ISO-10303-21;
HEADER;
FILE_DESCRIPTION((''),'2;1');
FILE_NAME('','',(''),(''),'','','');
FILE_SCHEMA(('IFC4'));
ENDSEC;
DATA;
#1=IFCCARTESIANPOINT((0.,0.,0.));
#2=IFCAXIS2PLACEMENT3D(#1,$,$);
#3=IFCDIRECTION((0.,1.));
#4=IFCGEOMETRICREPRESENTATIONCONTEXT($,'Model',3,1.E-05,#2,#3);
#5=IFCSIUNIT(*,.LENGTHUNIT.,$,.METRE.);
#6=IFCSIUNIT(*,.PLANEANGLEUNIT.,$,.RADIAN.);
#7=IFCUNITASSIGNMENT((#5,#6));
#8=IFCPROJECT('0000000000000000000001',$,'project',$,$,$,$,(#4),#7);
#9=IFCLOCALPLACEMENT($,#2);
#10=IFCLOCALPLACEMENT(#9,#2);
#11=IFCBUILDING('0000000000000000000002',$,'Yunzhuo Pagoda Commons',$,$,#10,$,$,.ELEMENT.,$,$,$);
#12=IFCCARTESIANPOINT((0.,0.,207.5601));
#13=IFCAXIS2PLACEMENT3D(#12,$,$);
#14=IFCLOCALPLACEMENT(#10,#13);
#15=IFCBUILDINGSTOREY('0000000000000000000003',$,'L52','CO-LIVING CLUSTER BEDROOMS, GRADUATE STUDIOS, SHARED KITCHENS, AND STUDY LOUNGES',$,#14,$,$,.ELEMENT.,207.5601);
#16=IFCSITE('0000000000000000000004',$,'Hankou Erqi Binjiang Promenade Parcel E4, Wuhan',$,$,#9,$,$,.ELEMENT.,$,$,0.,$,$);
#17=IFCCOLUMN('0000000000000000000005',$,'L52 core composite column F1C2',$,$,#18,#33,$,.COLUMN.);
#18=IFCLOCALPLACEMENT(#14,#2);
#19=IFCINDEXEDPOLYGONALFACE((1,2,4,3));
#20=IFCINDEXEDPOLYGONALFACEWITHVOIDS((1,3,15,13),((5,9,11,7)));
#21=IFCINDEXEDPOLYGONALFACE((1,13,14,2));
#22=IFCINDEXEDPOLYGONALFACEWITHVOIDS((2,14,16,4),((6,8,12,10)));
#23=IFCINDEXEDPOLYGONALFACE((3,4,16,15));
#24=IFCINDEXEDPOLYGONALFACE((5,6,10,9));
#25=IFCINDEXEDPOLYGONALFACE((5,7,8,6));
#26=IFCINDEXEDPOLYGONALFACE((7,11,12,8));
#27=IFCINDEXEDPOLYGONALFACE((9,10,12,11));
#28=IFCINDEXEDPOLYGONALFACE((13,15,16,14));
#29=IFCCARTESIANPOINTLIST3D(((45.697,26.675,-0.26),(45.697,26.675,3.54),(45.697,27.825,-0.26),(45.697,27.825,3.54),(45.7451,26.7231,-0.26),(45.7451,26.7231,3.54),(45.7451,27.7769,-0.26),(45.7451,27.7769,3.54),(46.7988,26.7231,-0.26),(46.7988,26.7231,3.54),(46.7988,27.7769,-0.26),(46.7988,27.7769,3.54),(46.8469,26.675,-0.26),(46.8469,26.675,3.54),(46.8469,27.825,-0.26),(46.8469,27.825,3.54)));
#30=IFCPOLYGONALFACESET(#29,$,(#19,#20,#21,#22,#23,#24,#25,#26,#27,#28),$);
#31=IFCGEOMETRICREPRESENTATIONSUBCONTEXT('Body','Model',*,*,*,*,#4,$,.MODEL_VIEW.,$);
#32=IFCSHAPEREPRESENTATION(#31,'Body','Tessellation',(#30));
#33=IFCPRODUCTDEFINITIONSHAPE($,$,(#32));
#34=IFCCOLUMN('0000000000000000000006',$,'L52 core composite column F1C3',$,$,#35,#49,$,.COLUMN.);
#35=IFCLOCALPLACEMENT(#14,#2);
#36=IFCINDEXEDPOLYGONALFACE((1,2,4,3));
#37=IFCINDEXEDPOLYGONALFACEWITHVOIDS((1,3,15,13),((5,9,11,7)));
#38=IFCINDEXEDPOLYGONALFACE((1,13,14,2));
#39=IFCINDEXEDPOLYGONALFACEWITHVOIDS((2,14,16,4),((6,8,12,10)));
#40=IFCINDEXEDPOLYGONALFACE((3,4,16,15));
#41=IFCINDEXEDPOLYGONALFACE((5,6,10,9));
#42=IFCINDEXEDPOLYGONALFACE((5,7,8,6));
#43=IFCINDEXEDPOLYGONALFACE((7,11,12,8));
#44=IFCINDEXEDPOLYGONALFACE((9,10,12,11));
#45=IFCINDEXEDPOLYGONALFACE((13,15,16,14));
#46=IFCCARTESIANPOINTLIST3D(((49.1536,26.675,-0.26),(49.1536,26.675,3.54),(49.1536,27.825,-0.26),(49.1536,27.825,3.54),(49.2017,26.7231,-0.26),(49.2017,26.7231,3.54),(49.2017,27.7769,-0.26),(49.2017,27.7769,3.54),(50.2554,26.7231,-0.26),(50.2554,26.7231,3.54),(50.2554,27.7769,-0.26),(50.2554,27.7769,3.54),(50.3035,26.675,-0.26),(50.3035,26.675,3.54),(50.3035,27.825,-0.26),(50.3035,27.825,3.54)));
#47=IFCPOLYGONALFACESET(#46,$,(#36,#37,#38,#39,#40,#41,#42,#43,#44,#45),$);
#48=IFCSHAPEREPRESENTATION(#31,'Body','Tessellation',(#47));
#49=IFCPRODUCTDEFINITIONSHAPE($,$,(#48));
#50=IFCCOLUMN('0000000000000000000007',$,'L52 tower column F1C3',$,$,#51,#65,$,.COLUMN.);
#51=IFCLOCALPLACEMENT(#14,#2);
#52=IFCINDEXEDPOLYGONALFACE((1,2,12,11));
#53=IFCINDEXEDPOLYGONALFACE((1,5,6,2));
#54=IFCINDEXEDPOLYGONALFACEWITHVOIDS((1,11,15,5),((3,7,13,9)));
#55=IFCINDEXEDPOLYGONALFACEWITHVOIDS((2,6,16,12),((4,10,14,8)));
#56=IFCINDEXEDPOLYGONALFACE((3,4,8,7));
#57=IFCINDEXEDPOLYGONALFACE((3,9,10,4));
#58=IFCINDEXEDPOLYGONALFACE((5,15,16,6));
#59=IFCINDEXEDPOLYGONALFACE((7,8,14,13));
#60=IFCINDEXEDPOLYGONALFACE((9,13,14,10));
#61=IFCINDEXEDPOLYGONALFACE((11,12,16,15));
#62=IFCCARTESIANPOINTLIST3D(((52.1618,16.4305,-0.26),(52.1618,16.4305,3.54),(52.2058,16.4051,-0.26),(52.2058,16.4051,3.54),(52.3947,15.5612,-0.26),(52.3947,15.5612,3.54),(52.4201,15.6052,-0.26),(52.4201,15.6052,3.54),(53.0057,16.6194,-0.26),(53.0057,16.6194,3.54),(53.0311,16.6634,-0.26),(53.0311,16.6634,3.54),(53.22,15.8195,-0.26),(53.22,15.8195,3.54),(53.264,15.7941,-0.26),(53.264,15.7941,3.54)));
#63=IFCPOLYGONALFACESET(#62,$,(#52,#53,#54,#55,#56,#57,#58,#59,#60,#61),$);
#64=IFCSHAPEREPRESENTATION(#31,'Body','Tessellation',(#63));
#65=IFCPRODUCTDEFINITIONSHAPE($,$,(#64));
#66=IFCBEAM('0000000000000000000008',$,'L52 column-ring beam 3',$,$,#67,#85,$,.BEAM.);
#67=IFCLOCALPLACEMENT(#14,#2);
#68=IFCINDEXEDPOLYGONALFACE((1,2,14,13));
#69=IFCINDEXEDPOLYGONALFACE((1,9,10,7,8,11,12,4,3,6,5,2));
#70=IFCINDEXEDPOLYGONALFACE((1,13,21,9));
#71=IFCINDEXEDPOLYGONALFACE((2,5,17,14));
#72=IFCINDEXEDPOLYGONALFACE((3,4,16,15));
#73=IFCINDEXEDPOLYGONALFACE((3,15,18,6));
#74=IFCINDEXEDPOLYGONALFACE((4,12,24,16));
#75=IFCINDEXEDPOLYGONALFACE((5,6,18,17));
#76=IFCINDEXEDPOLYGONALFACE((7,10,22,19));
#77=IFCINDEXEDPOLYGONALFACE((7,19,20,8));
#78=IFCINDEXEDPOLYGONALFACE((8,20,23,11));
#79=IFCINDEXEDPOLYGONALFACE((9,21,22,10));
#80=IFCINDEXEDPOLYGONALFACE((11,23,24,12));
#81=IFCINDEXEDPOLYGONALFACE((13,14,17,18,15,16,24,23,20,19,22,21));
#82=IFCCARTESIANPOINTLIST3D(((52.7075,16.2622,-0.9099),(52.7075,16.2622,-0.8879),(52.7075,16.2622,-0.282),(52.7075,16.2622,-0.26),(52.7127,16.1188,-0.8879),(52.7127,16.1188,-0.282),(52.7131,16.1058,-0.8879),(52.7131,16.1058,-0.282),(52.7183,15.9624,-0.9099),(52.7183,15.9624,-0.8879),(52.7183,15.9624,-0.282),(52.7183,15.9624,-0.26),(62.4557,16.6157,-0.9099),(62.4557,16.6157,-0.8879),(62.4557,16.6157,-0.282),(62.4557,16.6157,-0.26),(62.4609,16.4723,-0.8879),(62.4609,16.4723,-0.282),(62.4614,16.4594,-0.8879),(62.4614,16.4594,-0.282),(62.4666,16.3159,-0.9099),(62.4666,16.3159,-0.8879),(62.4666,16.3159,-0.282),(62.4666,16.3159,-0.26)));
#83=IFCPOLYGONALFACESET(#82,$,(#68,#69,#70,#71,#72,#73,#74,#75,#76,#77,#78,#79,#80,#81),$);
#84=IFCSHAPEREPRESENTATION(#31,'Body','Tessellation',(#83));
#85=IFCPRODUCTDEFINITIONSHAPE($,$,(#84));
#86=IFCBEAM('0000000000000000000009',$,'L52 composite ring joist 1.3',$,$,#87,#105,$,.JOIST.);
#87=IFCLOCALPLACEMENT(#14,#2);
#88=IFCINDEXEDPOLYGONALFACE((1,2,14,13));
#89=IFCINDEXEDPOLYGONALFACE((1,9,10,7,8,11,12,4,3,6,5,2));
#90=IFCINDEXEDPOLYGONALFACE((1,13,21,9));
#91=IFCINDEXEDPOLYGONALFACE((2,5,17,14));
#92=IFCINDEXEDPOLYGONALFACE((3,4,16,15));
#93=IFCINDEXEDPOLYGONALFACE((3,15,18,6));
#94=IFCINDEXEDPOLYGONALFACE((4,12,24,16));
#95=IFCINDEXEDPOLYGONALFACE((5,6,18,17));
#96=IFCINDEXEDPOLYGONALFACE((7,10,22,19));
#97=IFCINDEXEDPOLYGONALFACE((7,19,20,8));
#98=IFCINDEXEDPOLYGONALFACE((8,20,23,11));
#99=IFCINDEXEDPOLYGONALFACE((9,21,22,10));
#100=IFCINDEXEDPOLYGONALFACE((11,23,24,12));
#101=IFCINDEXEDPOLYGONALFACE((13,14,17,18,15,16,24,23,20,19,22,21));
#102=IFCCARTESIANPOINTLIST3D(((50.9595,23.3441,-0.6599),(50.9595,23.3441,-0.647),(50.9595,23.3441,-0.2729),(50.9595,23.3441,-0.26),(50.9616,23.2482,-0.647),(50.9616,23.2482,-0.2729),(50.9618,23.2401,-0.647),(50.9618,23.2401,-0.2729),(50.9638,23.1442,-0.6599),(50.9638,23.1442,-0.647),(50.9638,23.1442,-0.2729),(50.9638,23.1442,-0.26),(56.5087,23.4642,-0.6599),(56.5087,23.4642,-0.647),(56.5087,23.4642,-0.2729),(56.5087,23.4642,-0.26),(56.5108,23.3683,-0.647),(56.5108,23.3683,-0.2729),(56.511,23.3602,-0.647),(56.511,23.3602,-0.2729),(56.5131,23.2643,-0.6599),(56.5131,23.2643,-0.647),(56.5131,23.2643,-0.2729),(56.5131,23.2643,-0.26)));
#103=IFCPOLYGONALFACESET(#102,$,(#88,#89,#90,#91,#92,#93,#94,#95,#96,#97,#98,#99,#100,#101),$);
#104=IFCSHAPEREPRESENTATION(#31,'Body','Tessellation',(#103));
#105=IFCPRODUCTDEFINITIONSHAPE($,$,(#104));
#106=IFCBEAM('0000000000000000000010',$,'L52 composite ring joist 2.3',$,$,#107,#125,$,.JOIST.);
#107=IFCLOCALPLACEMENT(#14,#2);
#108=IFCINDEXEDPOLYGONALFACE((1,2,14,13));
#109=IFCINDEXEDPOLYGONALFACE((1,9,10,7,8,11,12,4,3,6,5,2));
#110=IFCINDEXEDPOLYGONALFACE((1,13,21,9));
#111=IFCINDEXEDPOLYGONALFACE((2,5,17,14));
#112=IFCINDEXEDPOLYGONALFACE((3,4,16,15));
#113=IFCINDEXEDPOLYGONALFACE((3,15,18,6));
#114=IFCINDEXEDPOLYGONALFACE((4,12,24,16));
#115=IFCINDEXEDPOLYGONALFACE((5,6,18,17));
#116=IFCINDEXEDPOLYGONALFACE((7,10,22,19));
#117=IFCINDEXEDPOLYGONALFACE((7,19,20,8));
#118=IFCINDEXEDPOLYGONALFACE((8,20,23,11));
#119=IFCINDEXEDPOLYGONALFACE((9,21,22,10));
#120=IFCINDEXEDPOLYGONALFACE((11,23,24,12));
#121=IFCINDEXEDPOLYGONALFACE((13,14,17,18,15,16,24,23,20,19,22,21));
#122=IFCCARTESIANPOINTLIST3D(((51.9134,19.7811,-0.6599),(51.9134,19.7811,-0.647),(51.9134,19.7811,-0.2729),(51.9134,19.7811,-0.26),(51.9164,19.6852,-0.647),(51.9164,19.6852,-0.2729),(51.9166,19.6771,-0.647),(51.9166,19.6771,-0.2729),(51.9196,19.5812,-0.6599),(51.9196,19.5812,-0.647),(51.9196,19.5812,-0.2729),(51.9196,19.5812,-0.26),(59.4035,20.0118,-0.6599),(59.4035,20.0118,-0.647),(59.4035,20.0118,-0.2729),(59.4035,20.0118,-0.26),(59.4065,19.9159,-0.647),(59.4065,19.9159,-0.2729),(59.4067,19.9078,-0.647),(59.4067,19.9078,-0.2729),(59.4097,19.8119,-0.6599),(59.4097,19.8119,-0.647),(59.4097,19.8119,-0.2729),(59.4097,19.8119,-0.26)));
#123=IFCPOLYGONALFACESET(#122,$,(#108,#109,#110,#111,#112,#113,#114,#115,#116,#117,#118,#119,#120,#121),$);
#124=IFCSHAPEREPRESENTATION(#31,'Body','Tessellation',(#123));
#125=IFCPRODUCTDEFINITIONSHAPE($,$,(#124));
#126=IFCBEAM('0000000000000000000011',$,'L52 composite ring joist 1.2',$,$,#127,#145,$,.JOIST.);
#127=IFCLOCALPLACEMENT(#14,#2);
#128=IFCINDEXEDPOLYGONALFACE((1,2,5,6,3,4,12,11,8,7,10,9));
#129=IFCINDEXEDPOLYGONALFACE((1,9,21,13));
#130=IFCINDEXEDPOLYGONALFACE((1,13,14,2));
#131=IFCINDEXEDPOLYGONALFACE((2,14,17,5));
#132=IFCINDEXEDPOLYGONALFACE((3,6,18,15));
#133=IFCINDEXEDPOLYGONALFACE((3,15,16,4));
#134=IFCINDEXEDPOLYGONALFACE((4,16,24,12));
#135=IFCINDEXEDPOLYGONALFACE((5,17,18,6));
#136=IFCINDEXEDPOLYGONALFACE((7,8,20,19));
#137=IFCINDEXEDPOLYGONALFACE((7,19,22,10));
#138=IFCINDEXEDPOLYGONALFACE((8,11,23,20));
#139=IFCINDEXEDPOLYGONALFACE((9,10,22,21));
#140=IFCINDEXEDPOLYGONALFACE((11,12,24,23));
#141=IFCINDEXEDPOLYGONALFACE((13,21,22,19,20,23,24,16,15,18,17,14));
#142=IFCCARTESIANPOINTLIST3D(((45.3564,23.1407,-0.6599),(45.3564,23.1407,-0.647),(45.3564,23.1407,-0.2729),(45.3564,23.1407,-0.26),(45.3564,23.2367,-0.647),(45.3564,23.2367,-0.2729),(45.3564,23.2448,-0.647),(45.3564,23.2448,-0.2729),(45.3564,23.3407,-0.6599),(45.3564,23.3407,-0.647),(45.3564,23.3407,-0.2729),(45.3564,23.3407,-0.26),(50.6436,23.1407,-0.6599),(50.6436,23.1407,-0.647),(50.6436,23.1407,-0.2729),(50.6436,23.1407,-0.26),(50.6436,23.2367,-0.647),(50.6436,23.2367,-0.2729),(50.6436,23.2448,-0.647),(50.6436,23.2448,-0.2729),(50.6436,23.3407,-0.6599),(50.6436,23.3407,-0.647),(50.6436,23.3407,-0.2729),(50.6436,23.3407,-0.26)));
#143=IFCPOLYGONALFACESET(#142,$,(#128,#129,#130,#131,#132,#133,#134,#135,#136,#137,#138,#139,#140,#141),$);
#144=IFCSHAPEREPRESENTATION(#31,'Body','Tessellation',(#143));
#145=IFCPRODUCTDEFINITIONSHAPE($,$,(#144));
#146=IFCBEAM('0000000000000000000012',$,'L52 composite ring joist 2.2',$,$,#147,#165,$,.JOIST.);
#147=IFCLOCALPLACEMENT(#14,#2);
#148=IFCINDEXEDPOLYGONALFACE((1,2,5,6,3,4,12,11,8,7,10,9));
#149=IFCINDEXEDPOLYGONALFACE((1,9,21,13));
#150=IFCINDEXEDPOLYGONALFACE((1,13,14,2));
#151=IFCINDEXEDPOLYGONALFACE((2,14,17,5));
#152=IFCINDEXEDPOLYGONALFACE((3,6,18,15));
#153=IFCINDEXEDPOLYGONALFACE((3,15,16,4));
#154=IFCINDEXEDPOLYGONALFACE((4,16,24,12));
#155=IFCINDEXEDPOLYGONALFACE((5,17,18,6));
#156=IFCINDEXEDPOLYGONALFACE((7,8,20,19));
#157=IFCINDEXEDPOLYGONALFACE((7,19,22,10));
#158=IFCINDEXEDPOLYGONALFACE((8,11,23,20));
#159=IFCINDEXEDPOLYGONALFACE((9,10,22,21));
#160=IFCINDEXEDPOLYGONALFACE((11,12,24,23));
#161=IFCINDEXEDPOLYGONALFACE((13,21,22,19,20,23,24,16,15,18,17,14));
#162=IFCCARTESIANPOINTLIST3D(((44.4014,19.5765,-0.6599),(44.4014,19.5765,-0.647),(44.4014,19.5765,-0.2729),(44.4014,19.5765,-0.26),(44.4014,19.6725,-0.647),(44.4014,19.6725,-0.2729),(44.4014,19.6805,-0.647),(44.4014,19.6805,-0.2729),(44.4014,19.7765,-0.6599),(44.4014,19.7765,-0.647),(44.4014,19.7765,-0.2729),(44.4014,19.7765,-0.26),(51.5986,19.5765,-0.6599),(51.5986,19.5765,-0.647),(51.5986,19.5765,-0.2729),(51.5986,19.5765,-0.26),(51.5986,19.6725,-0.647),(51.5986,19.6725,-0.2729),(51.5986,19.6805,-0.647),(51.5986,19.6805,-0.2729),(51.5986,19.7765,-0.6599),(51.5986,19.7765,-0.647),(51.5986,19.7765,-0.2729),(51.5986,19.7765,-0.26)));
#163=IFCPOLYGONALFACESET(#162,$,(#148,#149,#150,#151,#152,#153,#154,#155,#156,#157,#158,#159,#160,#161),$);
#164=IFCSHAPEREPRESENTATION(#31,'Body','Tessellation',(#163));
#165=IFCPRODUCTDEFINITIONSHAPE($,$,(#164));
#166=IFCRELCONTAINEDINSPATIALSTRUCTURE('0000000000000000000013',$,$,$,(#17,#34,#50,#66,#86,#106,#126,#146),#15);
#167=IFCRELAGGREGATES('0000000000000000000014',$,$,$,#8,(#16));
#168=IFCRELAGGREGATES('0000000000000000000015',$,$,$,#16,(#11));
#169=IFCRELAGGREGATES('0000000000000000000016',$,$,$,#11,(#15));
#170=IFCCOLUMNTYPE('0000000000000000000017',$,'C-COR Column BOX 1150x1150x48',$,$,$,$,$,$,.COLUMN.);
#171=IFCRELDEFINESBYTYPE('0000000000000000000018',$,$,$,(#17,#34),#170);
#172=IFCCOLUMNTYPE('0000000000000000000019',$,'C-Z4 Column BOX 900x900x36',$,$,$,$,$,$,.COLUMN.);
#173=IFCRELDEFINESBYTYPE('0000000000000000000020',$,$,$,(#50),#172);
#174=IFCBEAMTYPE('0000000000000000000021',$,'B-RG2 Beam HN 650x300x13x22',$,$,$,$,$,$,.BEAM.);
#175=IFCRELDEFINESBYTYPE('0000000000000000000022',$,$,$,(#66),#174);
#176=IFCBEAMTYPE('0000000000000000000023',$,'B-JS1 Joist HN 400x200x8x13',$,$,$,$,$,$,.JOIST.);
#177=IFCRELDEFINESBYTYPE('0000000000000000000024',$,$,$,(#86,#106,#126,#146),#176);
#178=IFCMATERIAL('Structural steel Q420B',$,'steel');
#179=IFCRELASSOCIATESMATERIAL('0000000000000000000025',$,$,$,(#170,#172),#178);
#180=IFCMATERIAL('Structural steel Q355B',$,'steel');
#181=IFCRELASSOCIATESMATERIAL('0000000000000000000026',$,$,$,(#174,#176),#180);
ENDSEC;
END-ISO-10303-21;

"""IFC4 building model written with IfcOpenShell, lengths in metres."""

from ifc_helpers import new_model, si_unit, direction, frame, origin, origin_2d, place, context, subcontext, project, spatial, hollow_rectangle, i_section, extrude, source, transform, mapped, material, material_profile, profile_set, type_object, element, save


model = new_model("IFC4")

# Units and contexts
model_context = context("Model", 3, precision=1e-05, world=origin(), true_north=direction((0.0, 1.0)))
body_context = subcontext(model_context, "Body", "Model", "MODEL_VIEW")
ifc_project = project(units=[si_unit("LENGTHUNIT", "METRE"), si_unit("PLANEANGLEUNIT", "RADIAN")], contexts=[model_context])

# Site, building, storey
site_placement = place(None, origin())
site = spatial("IfcSite", under=ifc_project, at=site_placement, Name="Hankou Erqi Binjiang Promenade Parcel E4, Wuhan", CompositionType="ELEMENT", RefElevation=0.0)
building_placement = place(site_placement, origin())
building = spatial("IfcBuilding", under=site, at=building_placement, Name="Yunzhuo Pagoda Commons", CompositionType="ELEMENT")
storey_placement = place(building_placement, frame((0.0, 0.0, 207.5601)))
storey = spatial("IfcBuildingStorey", under=building, at=storey_placement, Name="L52", Description="CO-LIVING CLUSTER BEDROOMS, GRADUATE STUDIOS, SHARED KITCHENS, AND STUDY LOUNGES", CompositionType="ELEMENT", Elevation=207.5601)

# Columns
ifc_material_1 = material(Name="Structural steel Q420B", Category="steel")
ifc_material_profile_1 = material_profile(ifc_material_1, hollow_rectangle(XDim=1.1499, YDim=1.1499, WallThickness=0.0481, at=origin_2d()), Name="Structural steel Q420B")
ifc_profile_set_1 = profile_set([ifc_material_profile_1], Name="Structural steel Q420B")
column_type_1 = type_object("IfcColumnType", Name="C-COR Column BOX 1150x1150x48", PredefinedType="COLUMN", material=ifc_profile_set_1)
shared_shape_1 = source(origin(), body_context, "Body", "SweptSolid", [
    extrude(hollow_rectangle(XDim=1.1499, YDim=1.1499, WallThickness=0.0481, at=origin_2d()), origin(), (0.0, 0.0, 1.0), 3.8),
])
for number, where, z_axis, x_axis, name in (
    (1, (46.272, 27.25, -0.26), (0.0, 0.0, 1.0), (1.0, 0.0, 0.0), "L52 core composite column F1C2"),
    (2, (49.7285, 27.25, -0.26), (0.0, 0.0, 1.0), (1.0, 0.0, 0.0), "L52 core composite column F1C3"),
):
    element("IfcColumn", number, at=place(storey_placement, frame(where, z_axis=z_axis, x_axis=x_axis)), inside=storey, type_object=column_type_1, Name=name, PredefinedType="COLUMN", context=body_context, shape_type="MappedRepresentation", body=[
        mapped(shared_shape_1, transform((0.0, 0.0, 0.0), scale=1.0)),
    ])
ifc_material_profile_2 = material_profile(ifc_material_1, hollow_rectangle(XDim=0.8999, YDim=0.8999, WallThickness=0.0359, at=origin_2d()), Name="Structural steel Q420B")
ifc_profile_set_2 = profile_set([ifc_material_profile_2], Name="Structural steel Q420B")
column_type_2 = type_object("IfcColumnType", Name="C-Z4 Column BOX 900x900x36", PredefinedType="COLUMN", material=ifc_profile_set_2)
shared_shape_2 = source(origin(), body_context, "Body", "SweptSolid", [
    extrude(hollow_rectangle(XDim=0.8999, YDim=0.8999, WallThickness=0.0359, at=origin_2d()), origin(), (0.0, 0.0, 1.0), 3.8),
])
column_placement = place(storey_placement, frame((52.7129, 16.1123, -0.26), z_axis=(0.0, 0.0, 1.0), x_axis=(0.965926, 0.258819, 0.0)))
element("IfcColumn", 3, at=column_placement, inside=storey, type_object=column_type_2, Name="L52 tower column F1C3", PredefinedType="COLUMN", context=body_context, shape_type="MappedRepresentation", body=[
    mapped(shared_shape_2, transform((0.0, 0.0, 0.0), scale=1.0)),
])

# Beams
ifc_material_2 = material(Name="Structural steel Q355B", Category="steel")
ifc_material_profile_3 = material_profile(ifc_material_2, i_section(OverallWidth=0.3, OverallDepth=0.6499, WebThickness=0.0129, FlangeThickness=0.022, at=origin_2d()), Name="Structural steel Q355B")
ifc_profile_set_3 = profile_set([ifc_material_profile_3], Name="Structural steel Q355B")
beam_type_1 = type_object("IfcBeamType", Name="B-RG2 Beam HN 650x300x13x22", PredefinedType="BEAM", material=ifc_profile_set_3)
shared_shape_3 = source(origin(), body_context, "Body", "SweptSolid", [
    extrude(i_section(OverallWidth=0.3, OverallDepth=0.6499, WebThickness=0.0129, FlangeThickness=0.022, at=origin_2d()), origin(), (0.0, 0.0, 1.0), 9.7546),
])
beam_1_placement = place(storey_placement, frame((52.7129, 16.1123, -0.585), z_axis=(0.999343, 0.036241, 0.0), x_axis=(-0.036241, 0.999343, 0.0)))
element("IfcBeam", 4, at=beam_1_placement, inside=storey, type_object=beam_type_1, Name="L52 column-ring beam 3", PredefinedType="BEAM", context=body_context, shape_type="MappedRepresentation", body=[
    mapped(shared_shape_3, transform((0.0, 0.0, 0.0), scale=1.0)),
])
ifc_material_profile_4 = material_profile(ifc_material_2, i_section(OverallWidth=0.2, OverallDepth=0.3999, WebThickness=0.0081, FlangeThickness=0.0129, at=origin_2d()), Name="Structural steel Q355B")
ifc_profile_set_4 = profile_set([ifc_material_profile_4], Name="Structural steel Q355B")
beam_type_2 = type_object("IfcBeamType", Name="B-JS1 Joist HN 400x200x8x13", PredefinedType="JOIST", material=ifc_profile_set_4)
shared_shape_4 = source(origin(), body_context, "Body", "SweptSolid", [
    extrude(i_section(OverallWidth=0.2, OverallDepth=0.3999, WebThickness=0.0081, FlangeThickness=0.0129, at=origin_2d()), origin(), (0.0, 0.0, 1.0), 5.5505),
])
beam_2_placement = place(storey_placement, frame((50.9617, 23.2441, -0.46), z_axis=(0.999766, 0.02164, 0.0), x_axis=(-0.02164, 0.999766, 0.0)))
element("IfcBeam", 5, at=beam_2_placement, inside=storey, type_object=beam_type_2, Name="L52 composite ring joist 1.3", PredefinedType="JOIST", context=body_context, shape_type="MappedRepresentation", body=[
    mapped(shared_shape_4, transform((0.0, 0.0, 0.0), scale=1.0)),
])
shared_shape_5 = source(origin(), body_context, "Body", "SweptSolid", [
    extrude(i_section(OverallWidth=0.2, OverallDepth=0.3999, WebThickness=0.0081, FlangeThickness=0.0129, at=origin_2d()), origin(), (0.0, 0.0, 1.0), 7.4937),
])
beam_3_placement = place(storey_placement, frame((51.9165, 19.6812, -0.46), z_axis=(0.999526, 0.030788, 0.0), x_axis=(-0.030788, 0.999526, 0.0)))
element("IfcBeam", 6, at=beam_3_placement, inside=storey, type_object=beam_type_2, Name="L52 composite ring joist 2.3", PredefinedType="JOIST", context=body_context, shape_type="MappedRepresentation", body=[
    mapped(shared_shape_5, transform((0.0, 0.0, 0.0), scale=1.0)),
])
shared_shape_6 = source(origin(), body_context, "Body", "SweptSolid", [
    extrude(i_section(OverallWidth=0.2, OverallDepth=0.3999, WebThickness=0.0081, FlangeThickness=0.0129, at=origin_2d()), origin(), (0.0, 0.0, 1.0), 5.2871),
])
beam_4_placement = place(storey_placement, frame((45.3564, 23.2407, -0.46), z_axis=(1.0, 0.0, 0.0), x_axis=(0.0, 1.0, 0.0)))
element("IfcBeam", 7, at=beam_4_placement, inside=storey, type_object=beam_type_2, Name="L52 composite ring joist 1.2", PredefinedType="JOIST", context=body_context, shape_type="MappedRepresentation", body=[
    mapped(shared_shape_6, transform((0.0, 0.0, 0.0), scale=1.0)),
])
shared_shape_7 = source(origin(), body_context, "Body", "SweptSolid", [
    extrude(i_section(OverallWidth=0.2, OverallDepth=0.3999, WebThickness=0.0081, FlangeThickness=0.0129, at=origin_2d()), origin(), (0.0, 0.0, 1.0), 7.1973),
])
beam_5_placement = place(storey_placement, frame((44.4014, 19.6765, -0.46), z_axis=(1.0, 0.0, 0.0), x_axis=(0.0, 1.0, 0.0)))
element("IfcBeam", 8, at=beam_5_placement, inside=storey, type_object=beam_type_2, Name="L52 composite ring joist 2.2", PredefinedType="JOIST", context=body_context, shape_type="MappedRepresentation", body=[
    mapped(shared_shape_7, transform((0.0, 0.0, 0.0), scale=1.0)),
])

save(model, "model.ifc")
